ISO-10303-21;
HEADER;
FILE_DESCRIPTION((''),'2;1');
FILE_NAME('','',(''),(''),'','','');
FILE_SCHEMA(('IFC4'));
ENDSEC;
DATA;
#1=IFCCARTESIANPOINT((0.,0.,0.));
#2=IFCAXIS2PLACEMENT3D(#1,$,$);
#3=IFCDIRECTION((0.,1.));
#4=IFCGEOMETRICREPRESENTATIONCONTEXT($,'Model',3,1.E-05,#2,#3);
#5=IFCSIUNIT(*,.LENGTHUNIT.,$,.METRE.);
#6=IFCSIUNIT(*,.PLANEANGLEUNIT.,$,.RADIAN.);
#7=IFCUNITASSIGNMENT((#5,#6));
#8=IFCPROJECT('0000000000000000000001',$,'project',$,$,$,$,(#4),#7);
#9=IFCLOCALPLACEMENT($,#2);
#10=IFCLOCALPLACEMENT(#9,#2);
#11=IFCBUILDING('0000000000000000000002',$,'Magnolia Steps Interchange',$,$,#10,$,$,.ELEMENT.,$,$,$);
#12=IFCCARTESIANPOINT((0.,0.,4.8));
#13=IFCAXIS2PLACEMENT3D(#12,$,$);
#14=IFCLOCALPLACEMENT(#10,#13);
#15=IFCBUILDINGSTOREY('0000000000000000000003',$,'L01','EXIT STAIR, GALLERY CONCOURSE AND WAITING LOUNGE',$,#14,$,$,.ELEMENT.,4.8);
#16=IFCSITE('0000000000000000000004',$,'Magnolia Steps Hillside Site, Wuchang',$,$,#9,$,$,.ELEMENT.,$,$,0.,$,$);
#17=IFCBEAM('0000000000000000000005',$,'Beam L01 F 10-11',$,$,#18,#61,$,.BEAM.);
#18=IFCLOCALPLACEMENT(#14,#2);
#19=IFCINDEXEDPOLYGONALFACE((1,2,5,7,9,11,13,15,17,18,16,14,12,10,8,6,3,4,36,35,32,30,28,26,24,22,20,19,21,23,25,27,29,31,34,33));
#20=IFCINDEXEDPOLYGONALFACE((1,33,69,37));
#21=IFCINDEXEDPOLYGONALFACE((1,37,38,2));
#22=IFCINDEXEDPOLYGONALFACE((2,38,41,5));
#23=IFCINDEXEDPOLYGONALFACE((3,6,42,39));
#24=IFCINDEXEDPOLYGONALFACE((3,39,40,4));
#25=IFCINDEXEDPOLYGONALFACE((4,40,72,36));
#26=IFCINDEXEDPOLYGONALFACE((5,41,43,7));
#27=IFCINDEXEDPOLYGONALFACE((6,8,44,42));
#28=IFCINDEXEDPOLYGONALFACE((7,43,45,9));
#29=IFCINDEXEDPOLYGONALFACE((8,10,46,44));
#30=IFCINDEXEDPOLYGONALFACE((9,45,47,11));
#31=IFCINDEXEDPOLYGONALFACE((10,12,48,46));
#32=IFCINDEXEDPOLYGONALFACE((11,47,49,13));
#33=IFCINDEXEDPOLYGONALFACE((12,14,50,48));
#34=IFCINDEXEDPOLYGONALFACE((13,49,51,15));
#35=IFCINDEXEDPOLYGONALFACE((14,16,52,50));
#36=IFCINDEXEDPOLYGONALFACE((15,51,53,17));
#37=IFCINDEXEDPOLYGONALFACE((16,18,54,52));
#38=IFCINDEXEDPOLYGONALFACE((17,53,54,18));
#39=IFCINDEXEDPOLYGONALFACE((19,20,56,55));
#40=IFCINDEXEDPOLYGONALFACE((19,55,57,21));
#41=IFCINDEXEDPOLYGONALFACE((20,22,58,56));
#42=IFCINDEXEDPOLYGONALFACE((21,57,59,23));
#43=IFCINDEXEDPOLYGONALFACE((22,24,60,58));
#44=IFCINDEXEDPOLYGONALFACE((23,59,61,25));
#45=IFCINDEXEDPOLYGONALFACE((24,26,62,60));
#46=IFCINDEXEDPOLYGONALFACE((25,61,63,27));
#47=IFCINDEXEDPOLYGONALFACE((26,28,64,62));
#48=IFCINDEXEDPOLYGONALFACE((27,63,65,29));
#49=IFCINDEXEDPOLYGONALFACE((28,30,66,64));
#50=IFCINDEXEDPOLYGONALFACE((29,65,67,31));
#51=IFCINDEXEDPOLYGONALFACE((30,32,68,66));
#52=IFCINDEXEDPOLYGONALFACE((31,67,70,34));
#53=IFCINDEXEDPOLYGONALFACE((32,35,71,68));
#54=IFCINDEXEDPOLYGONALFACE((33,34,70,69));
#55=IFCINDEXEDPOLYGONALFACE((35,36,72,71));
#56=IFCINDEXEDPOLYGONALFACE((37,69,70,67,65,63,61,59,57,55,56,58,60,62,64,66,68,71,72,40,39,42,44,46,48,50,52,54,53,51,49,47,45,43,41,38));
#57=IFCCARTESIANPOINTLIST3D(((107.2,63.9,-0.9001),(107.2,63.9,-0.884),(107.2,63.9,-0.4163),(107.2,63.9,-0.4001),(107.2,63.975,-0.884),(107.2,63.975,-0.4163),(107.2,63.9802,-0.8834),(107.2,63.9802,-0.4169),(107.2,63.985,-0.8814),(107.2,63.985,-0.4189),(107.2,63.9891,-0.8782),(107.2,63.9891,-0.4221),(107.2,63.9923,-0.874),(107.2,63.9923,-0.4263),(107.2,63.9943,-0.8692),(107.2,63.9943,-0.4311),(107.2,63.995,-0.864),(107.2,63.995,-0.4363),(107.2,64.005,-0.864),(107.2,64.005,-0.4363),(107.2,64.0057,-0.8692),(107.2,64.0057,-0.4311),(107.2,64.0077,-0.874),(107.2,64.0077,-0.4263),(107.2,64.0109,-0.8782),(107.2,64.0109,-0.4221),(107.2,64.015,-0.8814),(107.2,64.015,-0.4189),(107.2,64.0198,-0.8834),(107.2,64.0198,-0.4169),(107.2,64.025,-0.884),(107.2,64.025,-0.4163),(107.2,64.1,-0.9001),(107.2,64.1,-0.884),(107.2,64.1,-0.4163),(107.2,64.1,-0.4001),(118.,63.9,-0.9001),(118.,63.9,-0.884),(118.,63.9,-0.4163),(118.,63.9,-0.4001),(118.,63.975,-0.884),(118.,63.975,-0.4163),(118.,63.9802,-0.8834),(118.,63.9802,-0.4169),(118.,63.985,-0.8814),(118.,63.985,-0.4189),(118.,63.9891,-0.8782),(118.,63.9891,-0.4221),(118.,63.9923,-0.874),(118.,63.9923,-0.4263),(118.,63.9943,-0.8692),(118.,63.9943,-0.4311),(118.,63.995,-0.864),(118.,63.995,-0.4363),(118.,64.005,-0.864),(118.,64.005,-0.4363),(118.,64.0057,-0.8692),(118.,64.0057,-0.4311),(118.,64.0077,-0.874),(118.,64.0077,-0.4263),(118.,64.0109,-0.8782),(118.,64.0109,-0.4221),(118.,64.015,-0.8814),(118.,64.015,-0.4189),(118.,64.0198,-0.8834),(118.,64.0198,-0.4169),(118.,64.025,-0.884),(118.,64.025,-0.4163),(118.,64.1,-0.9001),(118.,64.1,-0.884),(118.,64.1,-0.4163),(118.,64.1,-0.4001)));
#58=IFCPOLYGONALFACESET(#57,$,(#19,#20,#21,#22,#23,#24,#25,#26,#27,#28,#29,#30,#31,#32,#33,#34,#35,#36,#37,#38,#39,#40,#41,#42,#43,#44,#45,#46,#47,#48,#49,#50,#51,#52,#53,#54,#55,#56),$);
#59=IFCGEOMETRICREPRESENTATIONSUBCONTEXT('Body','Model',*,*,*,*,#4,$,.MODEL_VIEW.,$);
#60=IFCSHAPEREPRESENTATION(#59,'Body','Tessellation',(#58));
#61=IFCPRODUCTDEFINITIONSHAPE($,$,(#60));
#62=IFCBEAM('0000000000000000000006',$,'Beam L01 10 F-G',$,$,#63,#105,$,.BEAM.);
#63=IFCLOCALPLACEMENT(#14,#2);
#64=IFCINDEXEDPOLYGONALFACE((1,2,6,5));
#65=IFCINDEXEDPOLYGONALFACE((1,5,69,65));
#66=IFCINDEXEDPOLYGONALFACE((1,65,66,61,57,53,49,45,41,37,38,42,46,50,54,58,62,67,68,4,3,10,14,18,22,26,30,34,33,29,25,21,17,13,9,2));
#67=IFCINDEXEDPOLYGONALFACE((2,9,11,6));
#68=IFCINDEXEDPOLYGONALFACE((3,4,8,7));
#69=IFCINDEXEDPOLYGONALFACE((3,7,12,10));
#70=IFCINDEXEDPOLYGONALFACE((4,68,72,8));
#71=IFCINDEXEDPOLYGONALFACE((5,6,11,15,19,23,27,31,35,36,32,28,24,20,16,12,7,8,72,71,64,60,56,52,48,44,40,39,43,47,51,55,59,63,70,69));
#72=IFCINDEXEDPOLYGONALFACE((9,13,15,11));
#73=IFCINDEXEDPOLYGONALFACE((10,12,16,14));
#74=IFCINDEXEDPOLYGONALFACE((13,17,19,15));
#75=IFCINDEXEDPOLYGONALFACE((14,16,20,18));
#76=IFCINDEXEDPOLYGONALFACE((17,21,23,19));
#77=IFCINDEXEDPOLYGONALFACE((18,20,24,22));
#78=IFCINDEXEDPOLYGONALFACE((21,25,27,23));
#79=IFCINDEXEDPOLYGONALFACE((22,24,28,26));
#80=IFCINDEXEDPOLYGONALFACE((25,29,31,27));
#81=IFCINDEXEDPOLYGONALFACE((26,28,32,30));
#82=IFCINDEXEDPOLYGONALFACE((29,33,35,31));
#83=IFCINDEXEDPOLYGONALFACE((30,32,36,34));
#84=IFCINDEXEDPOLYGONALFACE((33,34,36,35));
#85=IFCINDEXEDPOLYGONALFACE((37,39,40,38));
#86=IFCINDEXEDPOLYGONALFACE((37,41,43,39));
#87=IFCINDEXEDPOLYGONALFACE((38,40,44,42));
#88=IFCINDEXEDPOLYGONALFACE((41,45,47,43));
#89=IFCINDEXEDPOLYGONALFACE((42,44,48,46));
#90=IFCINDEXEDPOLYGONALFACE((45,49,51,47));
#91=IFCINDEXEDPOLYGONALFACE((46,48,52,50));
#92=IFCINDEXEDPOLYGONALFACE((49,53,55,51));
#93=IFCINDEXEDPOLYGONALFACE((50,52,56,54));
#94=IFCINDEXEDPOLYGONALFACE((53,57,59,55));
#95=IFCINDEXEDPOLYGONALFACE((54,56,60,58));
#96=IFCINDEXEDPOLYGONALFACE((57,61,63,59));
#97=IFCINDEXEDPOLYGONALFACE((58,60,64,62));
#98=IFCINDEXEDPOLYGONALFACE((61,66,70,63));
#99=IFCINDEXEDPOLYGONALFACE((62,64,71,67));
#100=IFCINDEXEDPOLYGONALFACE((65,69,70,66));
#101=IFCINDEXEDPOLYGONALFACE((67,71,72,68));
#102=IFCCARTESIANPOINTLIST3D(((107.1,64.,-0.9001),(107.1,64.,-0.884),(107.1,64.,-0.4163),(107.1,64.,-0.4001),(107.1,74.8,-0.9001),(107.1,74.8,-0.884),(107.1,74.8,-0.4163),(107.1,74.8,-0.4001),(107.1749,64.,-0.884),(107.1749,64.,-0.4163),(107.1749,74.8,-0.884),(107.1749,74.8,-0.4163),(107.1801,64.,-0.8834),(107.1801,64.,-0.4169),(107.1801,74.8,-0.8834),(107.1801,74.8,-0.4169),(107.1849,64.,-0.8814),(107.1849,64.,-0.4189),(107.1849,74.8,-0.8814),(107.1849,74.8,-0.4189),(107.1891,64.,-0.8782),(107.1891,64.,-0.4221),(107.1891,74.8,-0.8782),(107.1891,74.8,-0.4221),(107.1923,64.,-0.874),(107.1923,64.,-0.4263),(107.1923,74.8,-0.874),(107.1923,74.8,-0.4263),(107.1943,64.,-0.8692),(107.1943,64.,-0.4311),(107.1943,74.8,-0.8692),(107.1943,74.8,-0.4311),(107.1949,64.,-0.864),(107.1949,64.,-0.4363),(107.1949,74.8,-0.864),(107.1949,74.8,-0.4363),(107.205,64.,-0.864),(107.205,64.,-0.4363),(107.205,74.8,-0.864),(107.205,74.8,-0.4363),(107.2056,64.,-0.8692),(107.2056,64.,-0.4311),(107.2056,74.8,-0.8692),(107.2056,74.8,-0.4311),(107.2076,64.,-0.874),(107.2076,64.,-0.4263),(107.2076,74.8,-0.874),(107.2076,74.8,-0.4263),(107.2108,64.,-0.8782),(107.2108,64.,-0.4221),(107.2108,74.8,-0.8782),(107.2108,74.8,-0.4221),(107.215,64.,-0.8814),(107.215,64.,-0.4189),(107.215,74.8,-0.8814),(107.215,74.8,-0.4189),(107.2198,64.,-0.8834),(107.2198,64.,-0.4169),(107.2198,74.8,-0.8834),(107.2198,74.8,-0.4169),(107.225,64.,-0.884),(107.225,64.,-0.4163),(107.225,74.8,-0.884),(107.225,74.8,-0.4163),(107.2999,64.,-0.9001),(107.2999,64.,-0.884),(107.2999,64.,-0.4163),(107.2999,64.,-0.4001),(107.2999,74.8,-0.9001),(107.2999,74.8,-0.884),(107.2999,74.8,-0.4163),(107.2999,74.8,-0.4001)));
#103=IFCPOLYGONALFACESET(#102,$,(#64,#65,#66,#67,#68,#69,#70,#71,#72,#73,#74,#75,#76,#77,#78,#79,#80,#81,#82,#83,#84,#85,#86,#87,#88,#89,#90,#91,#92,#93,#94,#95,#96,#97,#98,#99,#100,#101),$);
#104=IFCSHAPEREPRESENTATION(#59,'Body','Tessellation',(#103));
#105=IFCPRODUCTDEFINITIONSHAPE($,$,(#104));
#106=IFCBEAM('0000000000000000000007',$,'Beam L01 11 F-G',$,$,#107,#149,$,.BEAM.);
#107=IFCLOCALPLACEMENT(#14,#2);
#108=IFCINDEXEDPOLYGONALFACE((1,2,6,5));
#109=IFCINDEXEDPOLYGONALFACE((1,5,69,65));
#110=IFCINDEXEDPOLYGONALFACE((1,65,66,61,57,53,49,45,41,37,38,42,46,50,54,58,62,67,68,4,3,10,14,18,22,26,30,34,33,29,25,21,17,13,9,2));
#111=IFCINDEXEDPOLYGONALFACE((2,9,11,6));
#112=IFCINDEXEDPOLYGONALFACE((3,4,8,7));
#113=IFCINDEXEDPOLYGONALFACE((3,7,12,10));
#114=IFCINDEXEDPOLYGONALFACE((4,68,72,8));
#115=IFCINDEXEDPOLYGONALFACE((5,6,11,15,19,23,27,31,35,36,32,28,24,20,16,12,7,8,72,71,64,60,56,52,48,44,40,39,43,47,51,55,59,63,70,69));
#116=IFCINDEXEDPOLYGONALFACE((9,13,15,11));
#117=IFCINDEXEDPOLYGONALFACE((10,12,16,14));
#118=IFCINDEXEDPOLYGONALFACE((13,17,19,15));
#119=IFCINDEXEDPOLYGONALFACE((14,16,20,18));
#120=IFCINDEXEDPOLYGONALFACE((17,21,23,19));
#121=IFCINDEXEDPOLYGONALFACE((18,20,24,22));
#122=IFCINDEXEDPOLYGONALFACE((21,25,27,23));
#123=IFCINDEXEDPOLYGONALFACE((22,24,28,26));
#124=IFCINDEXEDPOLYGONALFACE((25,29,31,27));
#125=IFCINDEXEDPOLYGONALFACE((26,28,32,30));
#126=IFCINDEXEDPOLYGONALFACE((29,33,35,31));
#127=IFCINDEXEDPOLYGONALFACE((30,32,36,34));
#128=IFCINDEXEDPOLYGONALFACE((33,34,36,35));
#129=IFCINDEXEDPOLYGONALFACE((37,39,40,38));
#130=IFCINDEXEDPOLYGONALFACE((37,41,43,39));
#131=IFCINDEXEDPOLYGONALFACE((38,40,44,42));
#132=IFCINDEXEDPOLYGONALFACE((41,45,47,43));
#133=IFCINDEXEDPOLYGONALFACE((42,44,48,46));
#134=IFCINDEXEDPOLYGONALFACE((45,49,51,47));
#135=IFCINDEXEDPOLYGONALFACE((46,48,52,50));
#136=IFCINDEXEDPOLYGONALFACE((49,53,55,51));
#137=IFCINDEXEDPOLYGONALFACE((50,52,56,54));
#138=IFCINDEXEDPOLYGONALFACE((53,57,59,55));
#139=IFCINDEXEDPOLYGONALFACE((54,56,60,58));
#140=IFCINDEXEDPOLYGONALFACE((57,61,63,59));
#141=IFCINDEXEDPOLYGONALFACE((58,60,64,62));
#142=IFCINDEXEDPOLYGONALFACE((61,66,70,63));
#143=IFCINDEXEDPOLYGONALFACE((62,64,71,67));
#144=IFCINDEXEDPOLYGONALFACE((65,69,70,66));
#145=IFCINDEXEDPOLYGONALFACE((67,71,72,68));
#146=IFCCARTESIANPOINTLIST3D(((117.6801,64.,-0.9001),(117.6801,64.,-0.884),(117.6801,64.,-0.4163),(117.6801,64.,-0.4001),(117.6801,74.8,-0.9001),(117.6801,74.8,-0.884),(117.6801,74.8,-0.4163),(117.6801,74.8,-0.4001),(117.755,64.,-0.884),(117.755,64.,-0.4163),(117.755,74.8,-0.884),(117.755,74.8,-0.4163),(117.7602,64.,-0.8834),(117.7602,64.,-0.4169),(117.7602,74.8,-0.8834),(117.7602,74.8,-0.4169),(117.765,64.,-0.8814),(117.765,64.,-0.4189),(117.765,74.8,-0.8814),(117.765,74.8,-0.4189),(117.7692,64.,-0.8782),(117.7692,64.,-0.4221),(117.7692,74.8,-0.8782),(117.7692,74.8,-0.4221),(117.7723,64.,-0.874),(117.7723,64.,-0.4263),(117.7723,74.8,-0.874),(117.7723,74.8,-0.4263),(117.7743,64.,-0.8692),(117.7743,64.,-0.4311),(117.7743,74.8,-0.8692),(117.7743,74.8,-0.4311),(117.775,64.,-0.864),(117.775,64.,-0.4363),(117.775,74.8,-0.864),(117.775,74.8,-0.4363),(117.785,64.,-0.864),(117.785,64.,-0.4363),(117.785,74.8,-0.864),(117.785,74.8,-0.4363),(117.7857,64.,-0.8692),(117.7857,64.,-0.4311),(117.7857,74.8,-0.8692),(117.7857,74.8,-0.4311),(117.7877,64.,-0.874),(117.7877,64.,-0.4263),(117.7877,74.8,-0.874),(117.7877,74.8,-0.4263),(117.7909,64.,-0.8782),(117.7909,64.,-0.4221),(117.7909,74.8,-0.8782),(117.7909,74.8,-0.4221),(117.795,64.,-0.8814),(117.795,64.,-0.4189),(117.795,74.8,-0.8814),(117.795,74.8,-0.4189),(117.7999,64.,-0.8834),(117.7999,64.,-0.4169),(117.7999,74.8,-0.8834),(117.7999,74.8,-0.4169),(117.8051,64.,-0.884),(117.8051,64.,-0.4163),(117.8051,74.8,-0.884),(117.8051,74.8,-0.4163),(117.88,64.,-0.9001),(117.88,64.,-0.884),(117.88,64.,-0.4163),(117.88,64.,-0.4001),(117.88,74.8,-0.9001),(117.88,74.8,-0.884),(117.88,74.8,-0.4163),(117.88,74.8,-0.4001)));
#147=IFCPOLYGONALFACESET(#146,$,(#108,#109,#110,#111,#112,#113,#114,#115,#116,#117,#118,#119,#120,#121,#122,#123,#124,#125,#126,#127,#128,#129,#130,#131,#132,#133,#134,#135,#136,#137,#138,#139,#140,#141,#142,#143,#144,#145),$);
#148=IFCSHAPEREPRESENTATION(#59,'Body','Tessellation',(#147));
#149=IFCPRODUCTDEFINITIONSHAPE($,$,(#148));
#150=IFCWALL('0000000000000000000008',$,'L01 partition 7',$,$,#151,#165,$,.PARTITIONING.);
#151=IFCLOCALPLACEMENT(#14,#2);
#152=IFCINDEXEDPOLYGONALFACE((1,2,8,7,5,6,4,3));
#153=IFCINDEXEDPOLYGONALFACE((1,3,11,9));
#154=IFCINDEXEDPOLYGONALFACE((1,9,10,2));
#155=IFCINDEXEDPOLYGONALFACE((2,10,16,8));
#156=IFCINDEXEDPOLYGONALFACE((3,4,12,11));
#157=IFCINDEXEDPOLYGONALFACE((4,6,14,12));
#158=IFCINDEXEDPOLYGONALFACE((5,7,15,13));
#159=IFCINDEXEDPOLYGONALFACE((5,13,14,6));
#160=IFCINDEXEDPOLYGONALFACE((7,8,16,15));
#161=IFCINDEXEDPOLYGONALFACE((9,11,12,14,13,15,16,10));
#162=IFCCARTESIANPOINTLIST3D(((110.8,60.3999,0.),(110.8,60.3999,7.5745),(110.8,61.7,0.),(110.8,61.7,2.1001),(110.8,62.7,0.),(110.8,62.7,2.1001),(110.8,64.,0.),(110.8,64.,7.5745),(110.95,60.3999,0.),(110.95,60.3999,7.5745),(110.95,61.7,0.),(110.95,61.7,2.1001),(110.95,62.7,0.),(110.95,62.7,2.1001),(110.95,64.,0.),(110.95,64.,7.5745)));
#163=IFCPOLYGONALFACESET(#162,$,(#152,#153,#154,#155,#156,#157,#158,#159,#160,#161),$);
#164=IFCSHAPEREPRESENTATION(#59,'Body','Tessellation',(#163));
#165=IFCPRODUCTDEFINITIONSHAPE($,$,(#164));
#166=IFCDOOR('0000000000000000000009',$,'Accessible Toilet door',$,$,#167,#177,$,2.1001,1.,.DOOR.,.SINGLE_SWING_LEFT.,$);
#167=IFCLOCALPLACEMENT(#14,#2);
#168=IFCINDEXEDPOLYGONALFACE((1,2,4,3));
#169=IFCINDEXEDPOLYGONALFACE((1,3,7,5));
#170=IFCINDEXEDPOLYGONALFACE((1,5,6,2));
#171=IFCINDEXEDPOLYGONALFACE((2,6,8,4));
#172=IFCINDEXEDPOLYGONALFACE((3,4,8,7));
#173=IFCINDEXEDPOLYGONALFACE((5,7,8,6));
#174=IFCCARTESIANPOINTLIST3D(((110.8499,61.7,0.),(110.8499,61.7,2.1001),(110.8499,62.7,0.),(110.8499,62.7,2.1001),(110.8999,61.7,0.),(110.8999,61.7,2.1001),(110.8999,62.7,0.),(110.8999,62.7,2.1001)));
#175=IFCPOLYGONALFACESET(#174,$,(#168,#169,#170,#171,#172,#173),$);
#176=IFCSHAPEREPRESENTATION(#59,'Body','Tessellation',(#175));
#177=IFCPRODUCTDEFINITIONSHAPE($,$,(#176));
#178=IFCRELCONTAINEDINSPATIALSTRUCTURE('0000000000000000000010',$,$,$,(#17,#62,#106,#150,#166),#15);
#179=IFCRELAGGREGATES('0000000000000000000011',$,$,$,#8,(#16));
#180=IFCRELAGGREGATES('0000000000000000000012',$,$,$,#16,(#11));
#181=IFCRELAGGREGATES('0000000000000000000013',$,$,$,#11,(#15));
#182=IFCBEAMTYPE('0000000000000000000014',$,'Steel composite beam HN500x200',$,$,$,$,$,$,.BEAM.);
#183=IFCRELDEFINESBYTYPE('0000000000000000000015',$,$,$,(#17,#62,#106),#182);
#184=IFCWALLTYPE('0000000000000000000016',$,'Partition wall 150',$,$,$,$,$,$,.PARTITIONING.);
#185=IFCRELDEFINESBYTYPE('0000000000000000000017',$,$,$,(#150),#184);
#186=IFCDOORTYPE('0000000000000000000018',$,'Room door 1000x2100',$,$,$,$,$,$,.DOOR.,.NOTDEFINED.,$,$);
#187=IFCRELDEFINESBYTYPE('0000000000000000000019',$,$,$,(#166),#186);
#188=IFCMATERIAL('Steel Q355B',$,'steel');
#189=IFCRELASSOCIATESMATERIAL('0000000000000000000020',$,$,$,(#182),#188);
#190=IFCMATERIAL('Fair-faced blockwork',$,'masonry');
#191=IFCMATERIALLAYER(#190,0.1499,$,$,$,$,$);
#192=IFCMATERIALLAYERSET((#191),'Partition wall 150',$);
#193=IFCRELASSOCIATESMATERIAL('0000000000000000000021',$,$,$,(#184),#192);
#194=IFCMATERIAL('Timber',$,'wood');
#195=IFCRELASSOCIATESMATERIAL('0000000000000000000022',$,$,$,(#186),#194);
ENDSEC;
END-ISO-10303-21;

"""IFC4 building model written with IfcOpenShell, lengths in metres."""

from ifc_helpers import new_model, si_unit, direction, frame, frame_2d, origin, origin_2d, place, context, subcontext, project, spatial, rectangle, i_section, extrude, material, layer, layer_set, material_profile, profile_set, type_object, element, fill, save


model = new_model("IFC4")

# Units and contexts
model_context = context("Model", 3, precision=1e-05, world=origin(), true_north=direction((0.0, 1.0)))
body_context = subcontext(model_context, "Body", "Model", "MODEL_VIEW")
ifc_project = project(units=[si_unit("LENGTHUNIT", "METRE"), si_unit("PLANEANGLEUNIT", "RADIAN")], contexts=[model_context])

# Site, building, storey
site_placement = place(None, origin())
site = spatial("IfcSite", under=ifc_project, at=site_placement, Name="Magnolia Steps Hillside Site, Wuchang", CompositionType="ELEMENT", RefElevation=0.0)
building_placement = place(site_placement, origin())
building = spatial("IfcBuilding", under=site, at=building_placement, Name="Magnolia Steps Interchange", CompositionType="ELEMENT")
storey_placement = place(building_placement, frame((0.0, 0.0, 4.8)))
storey = spatial("IfcBuildingStorey", under=building, at=storey_placement, Name="L01", Description="EXIT STAIR, GALLERY CONCOURSE AND WAITING LOUNGE", CompositionType="ELEMENT", Elevation=4.8)

# Beams
ifc_material_1 = material(Name="Steel Q355B", Category="steel")
ifc_material_profile_1 = material_profile(ifc_material_1, i_section(OverallWidth=0.2, OverallDepth=0.5, WebThickness=0.01, FlangeThickness=0.0161, FilletRadius=0.02, at=origin_2d()), Name="HN500x200")
ifc_profile_set_1 = profile_set([ifc_material_profile_1], Name="Steel Q355B")
beam_type = type_object("IfcBeamType", Name="Steel composite beam HN500x200", PredefinedType="BEAM", material=ifc_profile_set_1)
for number, where, z_axis, x_axis, name in (
    (1, (107.2, 64.0, -0.6501), (1.0, 0.0, 0.0), (0.0, 1.0, 0.0), "Beam L01 F 10-11"),
    (2, (107.2, 64.0, -0.6501), (0.0, 1.0, 0.0), (-1.0, 0.0, 0.0), "Beam L01 10 F-G"),
    (3, (117.78, 64.0, -0.6501), (0.0, 1.0, 0.0), (-1.0, 0.0, 0.0), "Beam L01 11 F-G"),
):
    element("IfcBeam", number, at=place(storey_placement, frame(where, z_axis=z_axis, x_axis=x_axis)), inside=storey, type_object=beam_type, Name=name, PredefinedType="BEAM", context=body_context, shape_type="SweptSolid", body=[
        extrude(i_section(OverallWidth=0.2, OverallDepth=0.5, WebThickness=0.01, FlangeThickness=0.0161, FilletRadius=0.02, at=origin_2d()), origin(), (0.0, 0.0, 1.0), 10.8),
    ])

# Wall, opening, door
ifc_material_2 = material(Name="Fair-faced blockwork", Category="masonry")
ifc_layer_1 = layer(ifc_material_2, 0.1499)
ifc_layer_set_1 = layer_set([ifc_layer_1], Name="Partition wall 150")
wall_type = type_object("IfcWallType", Name="Partition wall 150", PredefinedType="PARTITIONING", material=ifc_layer_set_1)
wall_1_placement = place(storey_placement, frame((110.875, 60.3999, 0.0), z_axis=(0.0, 0.0, 1.0), x_axis=(0.0, 1.0, 0.0)))
wall_1 = element("IfcWall", 4, at=wall_1_placement, inside=storey, type_object=wall_type, Name="L01 partition 7", PredefinedType="PARTITIONING", context=body_context, shape_type="SweptSolid", body=[
    extrude(rectangle(XDim=3.6001, YDim=0.1499, at=frame_2d((1.8, 0.0))), origin(), (0.0, 0.0, 1.0), 7.5745),
])
opening_1_placement = place(wall_1_placement, frame((1.3, 0.0, 0.0)))
opening_1 = element("IfcOpeningElement", 5, at=opening_1_placement, cuts=wall_1, PredefinedType="OPENING", context=body_context, shape_type="SweptSolid", body=[
    extrude(rectangle(XDim=1.0, YDim=2.1001, at=frame_2d((0.5, 1.05))), frame((0.0, 0.085, 0.0), z_axis=(0.0, -1.0, 0.0), x_axis=(1.0, 0.0, 0.0)), (0.0, 0.0, 1.0), 0.1699),
])
ifc_material_3 = material(Name="Timber", Category="wood")
door_type = type_object("IfcDoorType", Name="Room door 1000x2100", OperationType="NOTDEFINED", PredefinedType="DOOR", material=ifc_material_3)
door_1_placement = place(opening_1_placement, frame((1.0, 0.0, 0.0), z_axis=(0.0, 0.0, 1.0), x_axis=(-1.0, 0.0, 0.0)))
door_1 = element("IfcDoor", 6, at=door_1_placement, inside=storey, type_object=door_type, Name="Accessible Toilet door", OperationType="SINGLE_SWING_LEFT", OverallHeight=2.1001, OverallWidth=1.0, PredefinedType="DOOR", context=body_context, shape_type="SweptSolid", body=[
    extrude(rectangle(XDim=1.0, YDim=2.1001, at=frame_2d((0.5, 1.05))), frame((0.0, 0.0249, 0.0), z_axis=(0.0, -1.0, 0.0), x_axis=(1.0, 0.0, 0.0)), (0.0, 0.0, 1.0), 0.05),
])
fill(opening_1, door_1)

save(model, "model.ifc")
